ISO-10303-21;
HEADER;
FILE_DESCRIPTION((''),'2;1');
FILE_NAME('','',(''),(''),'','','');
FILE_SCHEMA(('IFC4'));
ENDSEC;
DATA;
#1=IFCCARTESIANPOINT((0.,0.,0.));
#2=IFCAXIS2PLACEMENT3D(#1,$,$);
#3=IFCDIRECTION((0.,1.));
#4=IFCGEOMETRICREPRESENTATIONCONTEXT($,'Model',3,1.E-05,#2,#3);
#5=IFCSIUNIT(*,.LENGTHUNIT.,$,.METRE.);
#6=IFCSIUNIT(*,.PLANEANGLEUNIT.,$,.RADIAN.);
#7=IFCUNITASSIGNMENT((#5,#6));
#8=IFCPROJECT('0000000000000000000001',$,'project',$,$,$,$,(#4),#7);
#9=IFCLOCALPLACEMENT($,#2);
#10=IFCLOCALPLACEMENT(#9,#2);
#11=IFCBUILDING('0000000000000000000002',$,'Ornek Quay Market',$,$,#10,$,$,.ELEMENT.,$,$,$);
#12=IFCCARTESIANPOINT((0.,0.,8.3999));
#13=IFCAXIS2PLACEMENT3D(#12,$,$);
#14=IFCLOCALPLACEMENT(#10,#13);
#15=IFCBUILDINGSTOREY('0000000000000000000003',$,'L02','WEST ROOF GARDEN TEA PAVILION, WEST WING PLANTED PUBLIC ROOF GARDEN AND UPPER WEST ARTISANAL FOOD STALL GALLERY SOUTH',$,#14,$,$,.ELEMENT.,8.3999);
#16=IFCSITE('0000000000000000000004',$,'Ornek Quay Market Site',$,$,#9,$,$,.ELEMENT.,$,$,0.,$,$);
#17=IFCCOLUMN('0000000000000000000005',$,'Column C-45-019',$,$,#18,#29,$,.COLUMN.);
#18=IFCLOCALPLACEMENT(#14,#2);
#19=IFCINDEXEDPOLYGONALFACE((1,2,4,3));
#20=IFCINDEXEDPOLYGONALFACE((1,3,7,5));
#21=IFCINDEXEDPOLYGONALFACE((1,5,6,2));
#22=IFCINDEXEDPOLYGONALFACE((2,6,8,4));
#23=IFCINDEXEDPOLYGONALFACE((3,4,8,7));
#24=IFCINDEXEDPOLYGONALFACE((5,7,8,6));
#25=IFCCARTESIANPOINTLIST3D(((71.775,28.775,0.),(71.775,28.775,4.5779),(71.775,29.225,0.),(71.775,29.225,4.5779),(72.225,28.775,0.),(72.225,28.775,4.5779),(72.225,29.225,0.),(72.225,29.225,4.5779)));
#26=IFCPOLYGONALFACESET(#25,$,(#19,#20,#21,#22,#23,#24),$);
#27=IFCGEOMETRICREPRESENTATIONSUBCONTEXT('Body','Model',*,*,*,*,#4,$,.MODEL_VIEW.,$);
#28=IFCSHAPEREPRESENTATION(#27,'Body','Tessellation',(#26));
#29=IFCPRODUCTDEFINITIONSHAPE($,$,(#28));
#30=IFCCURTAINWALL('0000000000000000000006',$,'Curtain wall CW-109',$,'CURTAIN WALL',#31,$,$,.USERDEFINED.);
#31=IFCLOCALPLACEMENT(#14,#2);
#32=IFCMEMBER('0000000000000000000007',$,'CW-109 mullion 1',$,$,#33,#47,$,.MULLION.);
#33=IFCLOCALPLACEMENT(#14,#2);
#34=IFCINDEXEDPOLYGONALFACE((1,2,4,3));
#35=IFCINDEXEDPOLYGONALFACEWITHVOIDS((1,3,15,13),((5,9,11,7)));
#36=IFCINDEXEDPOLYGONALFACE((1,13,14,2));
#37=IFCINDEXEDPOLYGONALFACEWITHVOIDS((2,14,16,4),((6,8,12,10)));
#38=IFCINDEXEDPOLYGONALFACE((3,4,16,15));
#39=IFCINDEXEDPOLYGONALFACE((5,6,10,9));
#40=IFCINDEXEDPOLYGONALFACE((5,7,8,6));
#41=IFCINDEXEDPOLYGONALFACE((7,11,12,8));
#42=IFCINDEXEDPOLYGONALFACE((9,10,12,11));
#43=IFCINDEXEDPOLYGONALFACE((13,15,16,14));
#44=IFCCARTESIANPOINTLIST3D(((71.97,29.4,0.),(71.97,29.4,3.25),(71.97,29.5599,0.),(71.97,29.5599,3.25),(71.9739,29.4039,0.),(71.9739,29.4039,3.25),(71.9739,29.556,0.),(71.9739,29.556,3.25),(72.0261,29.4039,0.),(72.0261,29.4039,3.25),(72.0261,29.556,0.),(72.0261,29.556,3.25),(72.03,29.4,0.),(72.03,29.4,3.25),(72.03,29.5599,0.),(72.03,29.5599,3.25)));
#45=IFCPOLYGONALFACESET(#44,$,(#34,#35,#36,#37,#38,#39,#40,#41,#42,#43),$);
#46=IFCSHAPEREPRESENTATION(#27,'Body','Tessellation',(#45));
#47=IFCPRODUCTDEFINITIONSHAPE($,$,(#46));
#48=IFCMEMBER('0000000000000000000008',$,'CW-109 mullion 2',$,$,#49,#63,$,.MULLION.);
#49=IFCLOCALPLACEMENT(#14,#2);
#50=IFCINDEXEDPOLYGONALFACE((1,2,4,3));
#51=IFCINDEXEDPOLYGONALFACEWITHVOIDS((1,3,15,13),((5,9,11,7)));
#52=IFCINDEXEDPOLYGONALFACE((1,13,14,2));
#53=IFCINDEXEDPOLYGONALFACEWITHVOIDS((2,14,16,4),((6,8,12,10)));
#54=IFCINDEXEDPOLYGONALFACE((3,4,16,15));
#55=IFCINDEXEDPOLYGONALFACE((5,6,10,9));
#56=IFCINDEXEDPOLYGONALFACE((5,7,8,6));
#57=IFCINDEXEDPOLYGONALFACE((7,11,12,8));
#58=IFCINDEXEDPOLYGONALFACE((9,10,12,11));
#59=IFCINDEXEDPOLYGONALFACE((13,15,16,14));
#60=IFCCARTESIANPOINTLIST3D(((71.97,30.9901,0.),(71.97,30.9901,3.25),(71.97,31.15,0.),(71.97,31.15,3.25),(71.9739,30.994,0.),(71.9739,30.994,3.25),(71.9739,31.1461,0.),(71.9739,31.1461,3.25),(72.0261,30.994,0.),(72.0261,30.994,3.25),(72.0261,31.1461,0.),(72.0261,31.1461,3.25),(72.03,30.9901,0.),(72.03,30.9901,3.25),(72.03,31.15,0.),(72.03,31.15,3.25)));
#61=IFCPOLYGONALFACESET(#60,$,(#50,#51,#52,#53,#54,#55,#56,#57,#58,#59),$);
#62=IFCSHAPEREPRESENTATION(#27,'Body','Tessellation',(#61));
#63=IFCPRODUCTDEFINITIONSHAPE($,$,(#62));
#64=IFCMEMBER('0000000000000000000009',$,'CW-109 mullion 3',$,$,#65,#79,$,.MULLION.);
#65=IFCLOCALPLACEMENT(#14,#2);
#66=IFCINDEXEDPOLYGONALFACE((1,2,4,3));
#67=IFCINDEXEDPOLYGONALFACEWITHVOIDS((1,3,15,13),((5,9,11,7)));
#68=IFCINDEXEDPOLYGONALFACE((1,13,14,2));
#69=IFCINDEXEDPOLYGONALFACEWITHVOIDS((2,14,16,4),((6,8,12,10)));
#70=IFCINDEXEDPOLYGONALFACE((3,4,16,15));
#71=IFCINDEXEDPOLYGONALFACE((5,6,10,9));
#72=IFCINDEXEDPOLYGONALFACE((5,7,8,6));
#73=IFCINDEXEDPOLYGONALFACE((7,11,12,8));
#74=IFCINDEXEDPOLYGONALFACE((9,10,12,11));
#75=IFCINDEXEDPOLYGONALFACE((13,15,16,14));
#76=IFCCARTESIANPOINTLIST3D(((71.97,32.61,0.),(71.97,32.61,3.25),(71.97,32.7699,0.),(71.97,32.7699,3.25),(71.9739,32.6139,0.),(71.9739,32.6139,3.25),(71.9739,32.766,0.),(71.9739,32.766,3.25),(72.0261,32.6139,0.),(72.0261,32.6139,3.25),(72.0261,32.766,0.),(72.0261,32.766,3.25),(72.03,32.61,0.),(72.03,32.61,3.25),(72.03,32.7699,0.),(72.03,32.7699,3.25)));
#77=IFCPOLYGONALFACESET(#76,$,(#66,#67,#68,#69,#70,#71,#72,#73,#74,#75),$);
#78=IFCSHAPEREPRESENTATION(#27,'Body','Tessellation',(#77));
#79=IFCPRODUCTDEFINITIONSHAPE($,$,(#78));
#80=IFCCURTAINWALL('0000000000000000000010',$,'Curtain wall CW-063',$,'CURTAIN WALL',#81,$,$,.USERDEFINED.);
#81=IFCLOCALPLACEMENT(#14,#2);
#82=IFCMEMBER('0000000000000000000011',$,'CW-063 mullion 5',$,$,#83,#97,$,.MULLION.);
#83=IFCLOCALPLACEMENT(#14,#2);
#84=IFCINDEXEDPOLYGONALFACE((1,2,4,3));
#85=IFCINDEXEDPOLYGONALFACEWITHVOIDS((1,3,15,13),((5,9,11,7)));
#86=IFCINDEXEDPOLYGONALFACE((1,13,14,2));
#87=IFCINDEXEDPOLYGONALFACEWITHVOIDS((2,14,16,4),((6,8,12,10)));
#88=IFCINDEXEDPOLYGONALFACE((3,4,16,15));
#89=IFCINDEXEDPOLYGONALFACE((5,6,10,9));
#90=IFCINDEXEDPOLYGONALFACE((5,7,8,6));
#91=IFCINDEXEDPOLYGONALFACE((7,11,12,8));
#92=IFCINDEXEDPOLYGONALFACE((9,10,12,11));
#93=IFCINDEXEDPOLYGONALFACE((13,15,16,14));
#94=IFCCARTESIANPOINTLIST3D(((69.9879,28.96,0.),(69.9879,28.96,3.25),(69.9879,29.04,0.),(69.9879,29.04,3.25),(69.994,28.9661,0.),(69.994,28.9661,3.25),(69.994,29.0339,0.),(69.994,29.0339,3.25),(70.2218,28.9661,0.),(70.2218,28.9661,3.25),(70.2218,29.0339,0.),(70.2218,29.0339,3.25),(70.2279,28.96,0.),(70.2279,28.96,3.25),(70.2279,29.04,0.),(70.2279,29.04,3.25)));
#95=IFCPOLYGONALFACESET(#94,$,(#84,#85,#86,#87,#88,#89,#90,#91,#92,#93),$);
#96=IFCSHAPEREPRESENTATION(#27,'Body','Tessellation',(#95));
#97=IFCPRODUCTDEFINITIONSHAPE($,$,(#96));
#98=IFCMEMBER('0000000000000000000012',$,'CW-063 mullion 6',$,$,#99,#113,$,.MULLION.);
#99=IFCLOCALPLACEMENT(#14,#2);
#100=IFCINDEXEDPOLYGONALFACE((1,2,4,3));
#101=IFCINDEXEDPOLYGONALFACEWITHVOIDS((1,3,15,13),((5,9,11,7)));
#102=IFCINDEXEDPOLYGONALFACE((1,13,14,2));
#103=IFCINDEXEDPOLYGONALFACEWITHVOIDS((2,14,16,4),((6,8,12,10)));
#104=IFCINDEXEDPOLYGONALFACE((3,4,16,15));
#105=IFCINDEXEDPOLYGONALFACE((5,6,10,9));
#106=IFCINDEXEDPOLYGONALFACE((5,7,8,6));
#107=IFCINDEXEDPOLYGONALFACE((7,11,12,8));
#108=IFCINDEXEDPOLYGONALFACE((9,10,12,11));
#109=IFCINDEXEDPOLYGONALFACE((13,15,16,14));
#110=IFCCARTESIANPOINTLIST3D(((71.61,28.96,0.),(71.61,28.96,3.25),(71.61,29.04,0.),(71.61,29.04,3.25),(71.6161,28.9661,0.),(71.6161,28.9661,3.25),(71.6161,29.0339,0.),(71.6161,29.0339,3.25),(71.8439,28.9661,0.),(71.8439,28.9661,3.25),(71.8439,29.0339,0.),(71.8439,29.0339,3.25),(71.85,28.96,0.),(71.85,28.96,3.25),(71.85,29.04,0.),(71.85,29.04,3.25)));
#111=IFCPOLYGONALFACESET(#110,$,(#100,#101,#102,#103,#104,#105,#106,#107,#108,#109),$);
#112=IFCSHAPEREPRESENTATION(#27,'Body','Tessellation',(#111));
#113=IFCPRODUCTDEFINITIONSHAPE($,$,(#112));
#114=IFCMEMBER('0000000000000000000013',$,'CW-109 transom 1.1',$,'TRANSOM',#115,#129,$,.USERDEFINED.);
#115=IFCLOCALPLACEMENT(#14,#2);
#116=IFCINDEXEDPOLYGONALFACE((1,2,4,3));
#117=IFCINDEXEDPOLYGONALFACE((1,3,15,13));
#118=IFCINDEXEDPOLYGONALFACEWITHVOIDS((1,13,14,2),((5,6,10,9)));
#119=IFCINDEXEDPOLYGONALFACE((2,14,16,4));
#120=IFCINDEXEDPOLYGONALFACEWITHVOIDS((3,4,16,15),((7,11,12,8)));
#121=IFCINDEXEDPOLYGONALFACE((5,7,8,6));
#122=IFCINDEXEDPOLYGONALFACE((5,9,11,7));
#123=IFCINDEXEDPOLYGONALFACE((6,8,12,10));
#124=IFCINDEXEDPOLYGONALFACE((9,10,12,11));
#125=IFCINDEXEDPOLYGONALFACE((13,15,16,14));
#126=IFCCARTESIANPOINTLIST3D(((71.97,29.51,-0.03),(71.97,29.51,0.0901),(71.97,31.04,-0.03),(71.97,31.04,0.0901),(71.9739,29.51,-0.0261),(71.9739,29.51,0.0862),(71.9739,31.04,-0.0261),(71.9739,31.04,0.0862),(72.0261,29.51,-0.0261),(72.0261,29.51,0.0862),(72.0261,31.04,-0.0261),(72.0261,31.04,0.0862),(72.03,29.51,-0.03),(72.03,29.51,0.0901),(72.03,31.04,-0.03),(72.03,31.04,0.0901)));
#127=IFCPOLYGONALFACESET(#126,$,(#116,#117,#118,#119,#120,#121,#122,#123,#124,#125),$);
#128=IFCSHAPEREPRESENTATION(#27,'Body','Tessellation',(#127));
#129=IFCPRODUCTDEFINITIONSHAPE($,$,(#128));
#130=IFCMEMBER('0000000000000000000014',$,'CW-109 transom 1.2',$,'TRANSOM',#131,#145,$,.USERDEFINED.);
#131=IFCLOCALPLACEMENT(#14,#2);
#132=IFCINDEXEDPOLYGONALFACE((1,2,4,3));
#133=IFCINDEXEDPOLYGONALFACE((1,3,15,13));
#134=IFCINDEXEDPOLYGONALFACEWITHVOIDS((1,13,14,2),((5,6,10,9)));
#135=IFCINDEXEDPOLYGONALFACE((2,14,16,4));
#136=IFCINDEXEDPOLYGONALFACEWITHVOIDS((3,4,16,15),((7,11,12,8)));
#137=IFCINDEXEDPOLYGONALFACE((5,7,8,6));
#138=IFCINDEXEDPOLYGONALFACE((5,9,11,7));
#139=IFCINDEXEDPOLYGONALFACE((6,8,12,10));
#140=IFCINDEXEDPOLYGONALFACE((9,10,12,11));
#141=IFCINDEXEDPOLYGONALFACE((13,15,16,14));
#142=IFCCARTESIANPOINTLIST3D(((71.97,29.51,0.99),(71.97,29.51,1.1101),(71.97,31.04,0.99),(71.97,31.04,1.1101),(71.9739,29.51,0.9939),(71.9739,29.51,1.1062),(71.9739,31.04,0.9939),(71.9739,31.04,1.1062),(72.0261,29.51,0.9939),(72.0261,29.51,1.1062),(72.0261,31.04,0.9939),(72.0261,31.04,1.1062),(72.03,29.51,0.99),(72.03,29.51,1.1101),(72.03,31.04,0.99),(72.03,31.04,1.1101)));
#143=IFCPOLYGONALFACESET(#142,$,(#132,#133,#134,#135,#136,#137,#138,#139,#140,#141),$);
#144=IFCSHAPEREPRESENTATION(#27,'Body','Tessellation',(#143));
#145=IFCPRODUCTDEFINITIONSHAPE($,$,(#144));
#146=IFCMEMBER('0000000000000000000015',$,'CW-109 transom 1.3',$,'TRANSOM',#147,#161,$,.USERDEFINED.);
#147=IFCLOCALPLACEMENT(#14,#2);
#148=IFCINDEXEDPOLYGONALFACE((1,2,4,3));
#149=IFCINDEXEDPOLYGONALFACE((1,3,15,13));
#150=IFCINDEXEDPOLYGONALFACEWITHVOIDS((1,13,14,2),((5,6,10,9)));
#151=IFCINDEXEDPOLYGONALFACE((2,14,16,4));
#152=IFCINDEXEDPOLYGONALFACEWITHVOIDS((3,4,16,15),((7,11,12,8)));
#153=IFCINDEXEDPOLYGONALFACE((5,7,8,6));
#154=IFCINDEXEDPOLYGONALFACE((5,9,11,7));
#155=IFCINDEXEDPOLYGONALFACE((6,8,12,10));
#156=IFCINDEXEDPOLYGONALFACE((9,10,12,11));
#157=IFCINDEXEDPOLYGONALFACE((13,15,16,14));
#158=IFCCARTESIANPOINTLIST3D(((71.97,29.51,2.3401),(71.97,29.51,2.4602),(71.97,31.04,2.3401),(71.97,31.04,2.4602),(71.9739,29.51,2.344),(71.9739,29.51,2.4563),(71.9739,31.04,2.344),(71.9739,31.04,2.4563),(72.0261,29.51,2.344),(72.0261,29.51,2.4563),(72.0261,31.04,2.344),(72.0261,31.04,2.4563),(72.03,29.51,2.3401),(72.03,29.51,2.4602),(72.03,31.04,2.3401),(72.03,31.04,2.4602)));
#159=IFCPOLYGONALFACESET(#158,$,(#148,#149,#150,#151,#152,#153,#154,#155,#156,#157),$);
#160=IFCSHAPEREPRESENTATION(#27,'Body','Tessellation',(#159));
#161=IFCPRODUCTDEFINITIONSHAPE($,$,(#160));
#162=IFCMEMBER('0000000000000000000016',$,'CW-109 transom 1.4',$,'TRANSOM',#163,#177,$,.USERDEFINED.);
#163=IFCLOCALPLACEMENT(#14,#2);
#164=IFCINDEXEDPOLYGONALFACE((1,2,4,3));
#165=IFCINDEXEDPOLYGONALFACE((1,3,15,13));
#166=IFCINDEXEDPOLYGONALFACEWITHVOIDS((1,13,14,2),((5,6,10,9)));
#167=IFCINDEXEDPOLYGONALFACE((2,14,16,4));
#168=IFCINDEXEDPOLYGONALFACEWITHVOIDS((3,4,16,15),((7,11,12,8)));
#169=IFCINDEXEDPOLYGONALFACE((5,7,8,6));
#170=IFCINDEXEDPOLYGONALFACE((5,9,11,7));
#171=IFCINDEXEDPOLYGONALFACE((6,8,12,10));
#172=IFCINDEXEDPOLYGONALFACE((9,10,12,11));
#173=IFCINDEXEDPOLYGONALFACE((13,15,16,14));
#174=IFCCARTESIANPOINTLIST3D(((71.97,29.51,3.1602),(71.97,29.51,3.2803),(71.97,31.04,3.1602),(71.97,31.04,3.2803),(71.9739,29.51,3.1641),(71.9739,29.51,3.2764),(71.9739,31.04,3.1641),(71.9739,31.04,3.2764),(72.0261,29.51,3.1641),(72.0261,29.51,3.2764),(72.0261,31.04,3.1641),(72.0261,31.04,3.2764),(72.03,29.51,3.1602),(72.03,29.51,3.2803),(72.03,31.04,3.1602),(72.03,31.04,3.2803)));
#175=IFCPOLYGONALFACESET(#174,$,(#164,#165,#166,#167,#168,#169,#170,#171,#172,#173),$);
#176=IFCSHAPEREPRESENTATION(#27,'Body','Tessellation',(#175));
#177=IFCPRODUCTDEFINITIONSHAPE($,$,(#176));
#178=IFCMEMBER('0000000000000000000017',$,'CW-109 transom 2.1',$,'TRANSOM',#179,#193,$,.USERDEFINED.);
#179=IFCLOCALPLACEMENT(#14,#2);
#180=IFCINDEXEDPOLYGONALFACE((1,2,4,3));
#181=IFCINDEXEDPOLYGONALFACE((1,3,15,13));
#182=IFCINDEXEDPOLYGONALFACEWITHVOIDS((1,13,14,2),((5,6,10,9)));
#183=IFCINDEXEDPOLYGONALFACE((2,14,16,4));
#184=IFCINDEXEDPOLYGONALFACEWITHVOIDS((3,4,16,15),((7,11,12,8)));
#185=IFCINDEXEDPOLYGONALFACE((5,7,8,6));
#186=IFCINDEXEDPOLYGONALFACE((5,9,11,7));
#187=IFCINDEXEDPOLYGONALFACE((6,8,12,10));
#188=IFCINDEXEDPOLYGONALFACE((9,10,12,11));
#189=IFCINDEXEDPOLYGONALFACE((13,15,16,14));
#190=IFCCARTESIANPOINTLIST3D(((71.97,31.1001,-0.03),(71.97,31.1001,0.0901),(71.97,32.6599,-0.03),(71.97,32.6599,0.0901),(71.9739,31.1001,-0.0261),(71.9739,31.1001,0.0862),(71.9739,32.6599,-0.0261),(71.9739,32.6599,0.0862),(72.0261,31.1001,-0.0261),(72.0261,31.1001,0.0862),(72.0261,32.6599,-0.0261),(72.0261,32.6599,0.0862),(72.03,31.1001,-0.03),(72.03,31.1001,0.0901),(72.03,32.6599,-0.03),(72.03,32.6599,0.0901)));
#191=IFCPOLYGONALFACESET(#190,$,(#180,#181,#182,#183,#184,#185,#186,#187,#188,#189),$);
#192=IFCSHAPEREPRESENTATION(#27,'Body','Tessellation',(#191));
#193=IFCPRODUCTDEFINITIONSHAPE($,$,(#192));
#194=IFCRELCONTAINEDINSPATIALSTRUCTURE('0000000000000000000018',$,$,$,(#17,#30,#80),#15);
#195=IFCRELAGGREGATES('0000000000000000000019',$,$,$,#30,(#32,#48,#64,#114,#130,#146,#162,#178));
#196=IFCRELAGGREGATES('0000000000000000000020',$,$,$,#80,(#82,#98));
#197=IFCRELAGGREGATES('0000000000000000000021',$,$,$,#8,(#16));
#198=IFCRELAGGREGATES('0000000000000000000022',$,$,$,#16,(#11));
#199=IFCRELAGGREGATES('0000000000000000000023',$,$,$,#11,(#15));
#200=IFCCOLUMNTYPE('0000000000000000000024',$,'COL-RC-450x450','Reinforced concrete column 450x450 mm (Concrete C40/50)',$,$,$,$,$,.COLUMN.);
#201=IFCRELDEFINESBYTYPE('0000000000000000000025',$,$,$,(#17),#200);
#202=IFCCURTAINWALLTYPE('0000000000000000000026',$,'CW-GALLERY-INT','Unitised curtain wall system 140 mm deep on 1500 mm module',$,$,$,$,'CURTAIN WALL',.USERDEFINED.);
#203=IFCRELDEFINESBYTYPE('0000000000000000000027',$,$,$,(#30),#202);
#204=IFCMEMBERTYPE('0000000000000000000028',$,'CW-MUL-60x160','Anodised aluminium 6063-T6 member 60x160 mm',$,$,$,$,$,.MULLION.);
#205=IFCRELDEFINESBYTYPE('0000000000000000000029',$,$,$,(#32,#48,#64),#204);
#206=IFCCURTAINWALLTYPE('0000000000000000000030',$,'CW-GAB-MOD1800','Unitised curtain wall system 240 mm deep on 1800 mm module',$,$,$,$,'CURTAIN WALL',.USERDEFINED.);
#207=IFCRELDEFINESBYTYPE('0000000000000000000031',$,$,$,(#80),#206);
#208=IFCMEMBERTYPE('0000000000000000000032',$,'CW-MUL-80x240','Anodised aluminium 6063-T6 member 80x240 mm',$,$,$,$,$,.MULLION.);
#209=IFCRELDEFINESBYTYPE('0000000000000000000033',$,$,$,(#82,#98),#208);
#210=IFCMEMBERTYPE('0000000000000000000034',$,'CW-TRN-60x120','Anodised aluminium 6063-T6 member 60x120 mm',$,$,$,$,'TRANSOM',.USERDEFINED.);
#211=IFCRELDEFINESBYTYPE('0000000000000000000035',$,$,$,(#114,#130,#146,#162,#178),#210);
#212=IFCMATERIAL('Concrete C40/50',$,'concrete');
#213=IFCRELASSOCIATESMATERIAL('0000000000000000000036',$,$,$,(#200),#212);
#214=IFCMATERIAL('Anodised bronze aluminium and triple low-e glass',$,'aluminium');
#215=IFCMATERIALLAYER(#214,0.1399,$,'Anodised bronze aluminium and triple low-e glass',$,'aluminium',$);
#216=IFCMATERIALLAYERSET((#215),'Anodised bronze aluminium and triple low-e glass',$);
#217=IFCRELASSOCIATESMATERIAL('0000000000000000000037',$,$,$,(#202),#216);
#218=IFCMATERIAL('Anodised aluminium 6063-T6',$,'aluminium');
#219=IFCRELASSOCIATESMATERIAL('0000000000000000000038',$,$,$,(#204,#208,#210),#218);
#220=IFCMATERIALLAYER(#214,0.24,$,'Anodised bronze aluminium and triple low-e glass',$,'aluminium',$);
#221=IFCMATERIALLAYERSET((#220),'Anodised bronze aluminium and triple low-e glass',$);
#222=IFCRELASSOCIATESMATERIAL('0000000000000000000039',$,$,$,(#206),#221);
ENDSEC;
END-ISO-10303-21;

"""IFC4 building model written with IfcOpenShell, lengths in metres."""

from ifc_helpers import new_model, si_unit, direction, frame, origin, origin_2d, place, context, subcontext, project, spatial, rectangle, hollow_rectangle, extrude, material, layer, layer_set, material_profile, profile_set, type_object, element, aggregate, save


model = new_model("IFC4")

# Units and contexts
model_context = context("Model", 3, precision=1e-05, world=origin(), true_north=direction((0.0, 1.0)))
body_context = subcontext(model_context, "Body", "Model", "MODEL_VIEW")
ifc_project = project(units=[si_unit("LENGTHUNIT", "METRE"), si_unit("PLANEANGLEUNIT", "RADIAN")], contexts=[model_context])

# Site, building, storey
site_placement = place(None, origin())
site = spatial("IfcSite", under=ifc_project, at=site_placement, Name="Ornek Quay Market Site", CompositionType="ELEMENT", RefElevation=0.0)
building_placement = place(site_placement, origin())
building = spatial("IfcBuilding", under=site, at=building_placement, Name="Ornek Quay Market", CompositionType="ELEMENT")
storey_placement = place(building_placement, frame((0.0, 0.0, 8.3999)))
storey = spatial("IfcBuildingStorey", under=building, at=storey_placement, Name="L02", Description="WEST ROOF GARDEN TEA PAVILION, WEST WING PLANTED PUBLIC ROOF GARDEN AND UPPER WEST ARTISANAL FOOD STALL GALLERY SOUTH", CompositionType="ELEMENT", Elevation=8.3999)

# Column
ifc_material_1 = material(Name="Concrete C40/50", Category="concrete")
ifc_material_profile_1 = material_profile(ifc_material_1, rectangle(XDim=0.45, YDim=0.45, at=origin_2d()), Name="RC 450x450", Category="concrete")
ifc_profile_set_1 = profile_set([ifc_material_profile_1], Name="Concrete C40/50")
column_type = type_object("IfcColumnType", Name="COL-RC-450x450", Description="Reinforced concrete column 450x450 mm (Concrete C40/50)", PredefinedType="COLUMN", material=ifc_profile_set_1)
column_placement = place(storey_placement, frame((72.0, 29.0, 0.0), z_axis=(0.0, 0.0, 1.0), x_axis=(1.0, 0.0, 0.0)))
element("IfcColumn", 1, at=column_placement, inside=storey, type_object=column_type, Name="Column C-45-019", PredefinedType="COLUMN", context=body_context, shape_type="SweptSolid", body=[
    extrude(rectangle(XDim=0.45, YDim=0.45, at=origin_2d()), origin(), (0.0, 0.0, 1.0), 4.5779),
])

# Curtain walls, members
ifc_material_2 = material(Name="Anodised bronze aluminium and triple low-e glass", Category="aluminium")
ifc_layer_1 = layer(ifc_material_2, 0.1399, Name="Anodised bronze aluminium and triple low-e glass", Category="aluminium")
ifc_layer_set_1 = layer_set([ifc_layer_1], Name="Anodised bronze aluminium and triple low-e glass")
curtain_wall_type_1 = type_object("IfcCurtainWallType", Name="CW-GALLERY-INT", Description="Unitised curtain wall system 140 mm deep on 1500 mm module", ElementType="CURTAIN WALL", PredefinedType="USERDEFINED", material=ifc_layer_set_1)
curtain_wall_1_placement = place(storey_placement, origin())
curtain_wall_1 = element("IfcCurtainWall", 2, at=curtain_wall_1_placement, inside=storey, type_object=curtain_wall_type_1, Name="Curtain wall CW-109", ObjectType="CURTAIN WALL", PredefinedType="USERDEFINED")
ifc_material_3 = material(Name="Anodised aluminium 6063-T6", Category="aluminium")
ifc_material_profile_2 = material_profile(ifc_material_3, hollow_rectangle(XDim=0.0601, YDim=0.1599, WallThickness=0.0039, at=origin_2d()), Name="CW-MUL-60x160", Category="aluminium")
ifc_profile_set_2 = profile_set([ifc_material_profile_2], Name="Anodised aluminium 6063-T6")
member_type_1 = type_object("IfcMemberType", Name="CW-MUL-60x160", Description="Anodised aluminium 6063-T6 member 60x160 mm", PredefinedType="MULLION", material=ifc_profile_set_2)
member_1_placement = place(storey_placement, frame((72.0, 29.48, 0.0), z_axis=(0.0, 0.0, 1.0), x_axis=(-1.0, 0.0, 0.0)))
member_1 = element("IfcMember", 3, at=member_1_placement, type_object=member_type_1, Name="CW-109 mullion 1", PredefinedType="MULLION", context=body_context, shape_type="SweptSolid", body=[
    extrude(hollow_rectangle(XDim=0.0601, YDim=0.1599, WallThickness=0.0039, at=origin_2d()), origin(), (0.0, 0.0, 1.0), 3.25),
])
member_2_placement = place(storey_placement, frame((72.0, 31.0701, 0.0), z_axis=(0.0, 0.0, 1.0), x_axis=(-1.0, 0.0, 0.0)))
member_2 = element("IfcMember", 4, at=member_2_placement, type_object=member_type_1, Name="CW-109 mullion 2", PredefinedType="MULLION", context=body_context, shape_type="SweptSolid", body=[
    extrude(hollow_rectangle(XDim=0.0601, YDim=0.1599, WallThickness=0.0039, at=origin_2d()), origin(), (0.0, 0.0, 1.0), 3.25),
])
member_3_placement = place(storey_placement, frame((72.0, 32.6899, 0.0), z_axis=(0.0, 0.0, 1.0), x_axis=(-1.0, 0.0, 0.0)))
member_3 = element("IfcMember", 5, at=member_3_placement, type_object=member_type_1, Name="CW-109 mullion 3", PredefinedType="MULLION", context=body_context, shape_type="SweptSolid", body=[
    extrude(hollow_rectangle(XDim=0.0601, YDim=0.1599, WallThickness=0.0039, at=origin_2d()), origin(), (0.0, 0.0, 1.0), 3.25),
])
ifc_layer_2 = layer(ifc_material_2, 0.24, Name="Anodised bronze aluminium and triple low-e glass", Category="aluminium")
ifc_layer_set_2 = layer_set([ifc_layer_2], Name="Anodised bronze aluminium and triple low-e glass")
curtain_wall_type_2 = type_object("IfcCurtainWallType", Name="CW-GAB-MOD1800", Description="Unitised curtain wall system 240 mm deep on 1800 mm module", ElementType="CURTAIN WALL", PredefinedType="USERDEFINED", material=ifc_layer_set_2)
curtain_wall_2_placement = place(storey_placement, origin())
curtain_wall_2 = element("IfcCurtainWall", 6, at=curtain_wall_2_placement, inside=storey, type_object=curtain_wall_type_2, Name="Curtain wall CW-063", ObjectType="CURTAIN WALL", PredefinedType="USERDEFINED")
ifc_material_profile_3 = material_profile(ifc_material_3, hollow_rectangle(XDim=0.0801, YDim=0.24, WallThickness=0.0061, at=origin_2d()), Name="CW-MUL-80x240", Category="aluminium")
ifc_profile_set_3 = profile_set([ifc_material_profile_3], Name="Anodised aluminium 6063-T6")
member_type_2 = type_object("IfcMemberType", Name="CW-MUL-80x240", Description="Anodised aluminium 6063-T6 member 80x240 mm", PredefinedType="MULLION", material=ifc_profile_set_3)
member_4_placement = place(storey_placement, frame((70.1079, 29.0, 0.0), z_axis=(0.0, 0.0, 1.0), x_axis=(0.0, 1.0, 0.0)))
member_4 = element("IfcMember", 7, at=member_4_placement, type_object=member_type_2, Name="CW-063 mullion 5", PredefinedType="MULLION", context=body_context, shape_type="SweptSolid", body=[
    extrude(hollow_rectangle(XDim=0.0801, YDim=0.24, WallThickness=0.0061, at=origin_2d()), origin(), (0.0, 0.0, 1.0), 3.25),
])
member_5_placement = place(storey_placement, frame((71.73, 29.0, 0.0), z_axis=(0.0, 0.0, 1.0), x_axis=(0.0, 1.0, 0.0)))
member_5 = element("IfcMember", 8, at=member_5_placement, type_object=member_type_2, Name="CW-063 mullion 6", PredefinedType="MULLION", context=body_context, shape_type="SweptSolid", body=[
    extrude(hollow_rectangle(XDim=0.0801, YDim=0.24, WallThickness=0.0061, at=origin_2d()), origin(), (0.0, 0.0, 1.0), 3.25),
])

# Members
ifc_material_profile_4 = material_profile(ifc_material_3, hollow_rectangle(XDim=0.0601, YDim=0.1201, WallThickness=0.0039, at=origin_2d()), Name="CW-TRN-60x120", Category="aluminium")
ifc_profile_set_4 = profile_set([ifc_material_profile_4], Name="Anodised aluminium 6063-T6")
member_type_3 = type_object("IfcMemberType", Name="CW-TRN-60x120", Description="Anodised aluminium 6063-T6 member 60x120 mm", ElementType="TRANSOM", PredefinedType="USERDEFINED", material=ifc_profile_set_4)
member_6_placement = place(storey_placement, frame((72.0, 29.51, 0.03), z_axis=(0.0, 1.0, 0.0), x_axis=(-1.0, 0.0, 0.0)))
member_6 = element("IfcMember", 9, at=member_6_placement, type_object=member_type_3, Name="CW-109 transom 1.1", ObjectType="TRANSOM", PredefinedType="USERDEFINED", context=body_context, shape_type="SweptSolid", body=[
    extrude(hollow_rectangle(XDim=0.0601, YDim=0.1201, WallThickness=0.0039, at=origin_2d()), origin(), (0.0, 0.0, 1.0), 1.53),
])
member_7_placement = place(storey_placement, frame((72.0, 29.51, 1.05), z_axis=(0.0, 1.0, 0.0), x_axis=(-1.0, 0.0, 0.0)))
member_7 = element("IfcMember", 10, at=member_7_placement, type_object=member_type_3, Name="CW-109 transom 1.2", ObjectType="TRANSOM", PredefinedType="USERDEFINED", context=body_context, shape_type="SweptSolid", body=[
    extrude(hollow_rectangle(XDim=0.0601, YDim=0.1201, WallThickness=0.0039, at=origin_2d()), origin(), (0.0, 0.0, 1.0), 1.53),
])
member_8_placement = place(storey_placement, frame((72.0, 29.51, 2.4001), z_axis=(0.0, 1.0, 0.0), x_axis=(-1.0, 0.0, 0.0)))
member_8 = element("IfcMember", 11, at=member_8_placement, type_object=member_type_3, Name="CW-109 transom 1.3", ObjectType="TRANSOM", PredefinedType="USERDEFINED", context=body_context, shape_type="SweptSolid", body=[
    extrude(hollow_rectangle(XDim=0.0601, YDim=0.1201, WallThickness=0.0039, at=origin_2d()), origin(), (0.0, 0.0, 1.0), 1.53),
])
member_9_placement = place(storey_placement, frame((72.0, 29.51, 3.2202), z_axis=(0.0, 1.0, 0.0), x_axis=(-1.0, 0.0, 0.0)))
member_9 = element("IfcMember", 12, at=member_9_placement, type_object=member_type_3, Name="CW-109 transom 1.4", ObjectType="TRANSOM", PredefinedType="USERDEFINED", context=body_context, shape_type="SweptSolid", body=[
    extrude(hollow_rectangle(XDim=0.0601, YDim=0.1201, WallThickness=0.0039, at=origin_2d()), origin(), (0.0, 0.0, 1.0), 1.53),
])
member_10_placement = place(storey_placement, frame((72.0, 31.1001, 0.03), z_axis=(0.0, 1.0, 0.0), x_axis=(-1.0, 0.0, 0.0)))
member_10 = element("IfcMember", 13, at=member_10_placement, type_object=member_type_3, Name="CW-109 transom 2.1", ObjectType="TRANSOM", PredefinedType="USERDEFINED", context=body_context, shape_type="SweptSolid", body=[
    extrude(hollow_rectangle(XDim=0.0601, YDim=0.1201, WallThickness=0.0039, at=origin_2d()), origin(), (0.0, 0.0, 1.0), 1.5598),
])

aggregate(curtain_wall_1, [member_1, member_2, member_3, member_6, member_7, member_8, member_9, member_10])
aggregate(curtain_wall_2, [member_4, member_5])

save(model, "model.ifc")
